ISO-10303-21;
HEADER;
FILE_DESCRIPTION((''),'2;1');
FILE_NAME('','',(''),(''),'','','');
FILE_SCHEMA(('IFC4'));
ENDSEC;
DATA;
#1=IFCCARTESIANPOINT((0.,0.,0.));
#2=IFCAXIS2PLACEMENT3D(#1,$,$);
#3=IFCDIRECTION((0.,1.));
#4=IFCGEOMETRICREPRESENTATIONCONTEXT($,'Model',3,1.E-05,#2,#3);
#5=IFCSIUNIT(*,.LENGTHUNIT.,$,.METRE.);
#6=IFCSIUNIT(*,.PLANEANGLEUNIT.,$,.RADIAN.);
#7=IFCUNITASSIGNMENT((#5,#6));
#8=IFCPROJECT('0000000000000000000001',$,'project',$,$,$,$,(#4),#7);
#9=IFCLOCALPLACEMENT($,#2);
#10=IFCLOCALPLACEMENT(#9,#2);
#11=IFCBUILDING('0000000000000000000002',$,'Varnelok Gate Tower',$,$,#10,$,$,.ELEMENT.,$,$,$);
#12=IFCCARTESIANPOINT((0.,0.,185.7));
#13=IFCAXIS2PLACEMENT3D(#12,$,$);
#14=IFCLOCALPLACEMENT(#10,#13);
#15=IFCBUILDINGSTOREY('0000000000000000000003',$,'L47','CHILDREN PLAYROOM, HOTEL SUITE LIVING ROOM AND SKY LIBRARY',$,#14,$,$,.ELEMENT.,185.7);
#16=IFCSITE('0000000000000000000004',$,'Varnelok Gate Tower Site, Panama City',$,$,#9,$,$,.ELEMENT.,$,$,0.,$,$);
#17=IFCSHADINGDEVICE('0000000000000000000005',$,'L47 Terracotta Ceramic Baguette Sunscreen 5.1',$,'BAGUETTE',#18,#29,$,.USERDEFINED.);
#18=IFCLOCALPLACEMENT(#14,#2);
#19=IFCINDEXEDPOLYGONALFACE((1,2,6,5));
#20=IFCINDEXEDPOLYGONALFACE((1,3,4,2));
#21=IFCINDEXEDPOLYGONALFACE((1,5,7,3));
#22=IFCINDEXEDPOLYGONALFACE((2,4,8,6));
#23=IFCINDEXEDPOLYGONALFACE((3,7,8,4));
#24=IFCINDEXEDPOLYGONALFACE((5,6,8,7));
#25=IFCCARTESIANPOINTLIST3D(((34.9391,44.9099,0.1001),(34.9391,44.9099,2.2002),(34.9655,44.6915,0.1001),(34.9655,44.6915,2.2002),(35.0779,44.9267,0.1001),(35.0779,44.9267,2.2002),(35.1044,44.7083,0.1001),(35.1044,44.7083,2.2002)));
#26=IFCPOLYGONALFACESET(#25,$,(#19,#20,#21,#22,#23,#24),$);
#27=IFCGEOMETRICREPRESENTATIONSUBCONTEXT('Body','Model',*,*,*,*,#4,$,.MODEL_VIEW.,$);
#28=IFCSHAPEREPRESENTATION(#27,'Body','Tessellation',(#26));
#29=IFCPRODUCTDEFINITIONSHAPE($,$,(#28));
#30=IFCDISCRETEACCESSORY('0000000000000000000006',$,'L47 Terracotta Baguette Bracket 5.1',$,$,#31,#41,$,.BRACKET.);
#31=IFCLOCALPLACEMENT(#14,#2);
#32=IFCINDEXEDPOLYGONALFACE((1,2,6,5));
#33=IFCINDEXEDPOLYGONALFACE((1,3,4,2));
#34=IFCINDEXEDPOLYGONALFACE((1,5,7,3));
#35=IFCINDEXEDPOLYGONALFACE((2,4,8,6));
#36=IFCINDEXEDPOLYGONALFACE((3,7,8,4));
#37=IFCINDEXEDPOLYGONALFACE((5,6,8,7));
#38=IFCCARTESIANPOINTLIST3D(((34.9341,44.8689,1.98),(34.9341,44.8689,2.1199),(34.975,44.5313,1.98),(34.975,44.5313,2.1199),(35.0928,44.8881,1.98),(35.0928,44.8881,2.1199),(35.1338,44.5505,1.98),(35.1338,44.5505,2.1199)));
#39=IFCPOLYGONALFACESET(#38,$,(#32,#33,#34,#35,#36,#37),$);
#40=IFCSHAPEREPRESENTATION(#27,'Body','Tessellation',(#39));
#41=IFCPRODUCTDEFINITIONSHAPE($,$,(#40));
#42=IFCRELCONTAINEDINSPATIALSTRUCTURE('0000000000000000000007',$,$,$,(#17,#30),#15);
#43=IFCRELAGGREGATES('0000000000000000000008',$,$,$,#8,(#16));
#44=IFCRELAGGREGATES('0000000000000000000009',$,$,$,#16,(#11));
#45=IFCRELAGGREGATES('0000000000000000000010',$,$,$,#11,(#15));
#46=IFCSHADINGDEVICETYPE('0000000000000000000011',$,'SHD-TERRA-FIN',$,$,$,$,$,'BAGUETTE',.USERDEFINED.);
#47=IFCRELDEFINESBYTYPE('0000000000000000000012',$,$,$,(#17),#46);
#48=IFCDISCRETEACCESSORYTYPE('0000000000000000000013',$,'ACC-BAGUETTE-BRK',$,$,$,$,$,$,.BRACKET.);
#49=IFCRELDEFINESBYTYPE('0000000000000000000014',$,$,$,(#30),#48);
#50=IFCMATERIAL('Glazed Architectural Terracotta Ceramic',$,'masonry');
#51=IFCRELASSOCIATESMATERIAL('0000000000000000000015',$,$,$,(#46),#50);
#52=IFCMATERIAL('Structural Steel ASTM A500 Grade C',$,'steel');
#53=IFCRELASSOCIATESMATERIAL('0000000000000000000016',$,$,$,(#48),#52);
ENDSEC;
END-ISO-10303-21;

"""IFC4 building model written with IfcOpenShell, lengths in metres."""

from ifc_helpers import new_model, si_unit, direction, frame, origin, origin_2d, place, context, subcontext, project, spatial, rectangle, extrude, source, transform, mapped, material, type_object, element, save


model = new_model("IFC4")

# Units and contexts
model_context = context("Model", 3, precision=1e-05, world=origin(), true_north=direction((0.0, 1.0)))
body_context = subcontext(model_context, "Body", "Model", "MODEL_VIEW")
ifc_project = project(units=[si_unit("LENGTHUNIT", "METRE"), si_unit("PLANEANGLEUNIT", "RADIAN")], contexts=[model_context])

# Site, building, storey
site_placement = place(None, origin())
site = spatial("IfcSite", under=ifc_project, at=site_placement, Name="Varnelok Gate Tower Site, Panama City", CompositionType="ELEMENT", RefElevation=0.0)
building_placement = place(site_placement, origin())
building = spatial("IfcBuilding", under=site, at=building_placement, Name="Varnelok Gate Tower", CompositionType="ELEMENT")
storey_placement = place(building_placement, frame((0.0, 0.0, 185.7)))
storey = spatial("IfcBuildingStorey", under=building, at=storey_placement, Name="L47", Description="CHILDREN PLAYROOM, HOTEL SUITE LIVING ROOM AND SKY LIBRARY", CompositionType="ELEMENT", Elevation=185.7)

# Shading device
ifc_material_1 = material(Name="Glazed Architectural Terracotta Ceramic", Category="masonry")
shading_device_type = type_object("IfcShadingDeviceType", Name="SHD-TERRA-FIN", ElementType="BAGUETTE", PredefinedType="USERDEFINED", material=ifc_material_1)
shared_shape_1 = source(origin(), body_context, "Body", "SweptSolid", [
    extrude(rectangle(XDim=0.1399, YDim=0.22, at=origin_2d()), origin(), (0.0, 0.0, 1.0), 2.1001),
])
shading_device_placement = place(storey_placement, frame((35.0217, 44.8091, 0.1001), z_axis=(0.0, 0.0, 1.0), x_axis=(0.992732, 0.120345, 0.0)))
element("IfcShadingDevice", 1, at=shading_device_placement, inside=storey, type_object=shading_device_type, Name="L47 Terracotta Ceramic Baguette Sunscreen 5.1", ObjectType="BAGUETTE", PredefinedType="USERDEFINED", context=body_context, shape_type="MappedRepresentation", body=[
    mapped(shared_shape_1, transform((0.0, 0.0, 0.0), scale=1.0)),
])

# Discrete accessory
ifc_material_2 = material(Name="Structural Steel ASTM A500 Grade C", Category="steel")
discrete_accessory_type = type_object("IfcDiscreteAccessoryType", Name="ACC-BAGUETTE-BRK", PredefinedType="BRACKET", material=ifc_material_2)
shared_shape_2 = source(origin(), body_context, "Body", "SweptSolid", [
    extrude(rectangle(XDim=0.1599, YDim=0.3401, at=origin_2d()), origin(), (0.0, 0.0, 1.0), 0.1399),
])
discrete_accessory_placement = place(storey_placement, frame((35.0339, 44.7097, 1.98), z_axis=(0.0, 0.0, 1.0), x_axis=(0.992732, 0.120345, 0.0)))
element("IfcDiscreteAccessory", 2, at=discrete_accessory_placement, inside=storey, type_object=discrete_accessory_type, Name="L47 Terracotta Baguette Bracket 5.1", PredefinedType="BRACKET", context=body_context, shape_type="MappedRepresentation", body=[
    mapped(shared_shape_2, transform((0.0, 0.0, 0.0), scale=1.0)),
])

save(model, "model.ifc")
